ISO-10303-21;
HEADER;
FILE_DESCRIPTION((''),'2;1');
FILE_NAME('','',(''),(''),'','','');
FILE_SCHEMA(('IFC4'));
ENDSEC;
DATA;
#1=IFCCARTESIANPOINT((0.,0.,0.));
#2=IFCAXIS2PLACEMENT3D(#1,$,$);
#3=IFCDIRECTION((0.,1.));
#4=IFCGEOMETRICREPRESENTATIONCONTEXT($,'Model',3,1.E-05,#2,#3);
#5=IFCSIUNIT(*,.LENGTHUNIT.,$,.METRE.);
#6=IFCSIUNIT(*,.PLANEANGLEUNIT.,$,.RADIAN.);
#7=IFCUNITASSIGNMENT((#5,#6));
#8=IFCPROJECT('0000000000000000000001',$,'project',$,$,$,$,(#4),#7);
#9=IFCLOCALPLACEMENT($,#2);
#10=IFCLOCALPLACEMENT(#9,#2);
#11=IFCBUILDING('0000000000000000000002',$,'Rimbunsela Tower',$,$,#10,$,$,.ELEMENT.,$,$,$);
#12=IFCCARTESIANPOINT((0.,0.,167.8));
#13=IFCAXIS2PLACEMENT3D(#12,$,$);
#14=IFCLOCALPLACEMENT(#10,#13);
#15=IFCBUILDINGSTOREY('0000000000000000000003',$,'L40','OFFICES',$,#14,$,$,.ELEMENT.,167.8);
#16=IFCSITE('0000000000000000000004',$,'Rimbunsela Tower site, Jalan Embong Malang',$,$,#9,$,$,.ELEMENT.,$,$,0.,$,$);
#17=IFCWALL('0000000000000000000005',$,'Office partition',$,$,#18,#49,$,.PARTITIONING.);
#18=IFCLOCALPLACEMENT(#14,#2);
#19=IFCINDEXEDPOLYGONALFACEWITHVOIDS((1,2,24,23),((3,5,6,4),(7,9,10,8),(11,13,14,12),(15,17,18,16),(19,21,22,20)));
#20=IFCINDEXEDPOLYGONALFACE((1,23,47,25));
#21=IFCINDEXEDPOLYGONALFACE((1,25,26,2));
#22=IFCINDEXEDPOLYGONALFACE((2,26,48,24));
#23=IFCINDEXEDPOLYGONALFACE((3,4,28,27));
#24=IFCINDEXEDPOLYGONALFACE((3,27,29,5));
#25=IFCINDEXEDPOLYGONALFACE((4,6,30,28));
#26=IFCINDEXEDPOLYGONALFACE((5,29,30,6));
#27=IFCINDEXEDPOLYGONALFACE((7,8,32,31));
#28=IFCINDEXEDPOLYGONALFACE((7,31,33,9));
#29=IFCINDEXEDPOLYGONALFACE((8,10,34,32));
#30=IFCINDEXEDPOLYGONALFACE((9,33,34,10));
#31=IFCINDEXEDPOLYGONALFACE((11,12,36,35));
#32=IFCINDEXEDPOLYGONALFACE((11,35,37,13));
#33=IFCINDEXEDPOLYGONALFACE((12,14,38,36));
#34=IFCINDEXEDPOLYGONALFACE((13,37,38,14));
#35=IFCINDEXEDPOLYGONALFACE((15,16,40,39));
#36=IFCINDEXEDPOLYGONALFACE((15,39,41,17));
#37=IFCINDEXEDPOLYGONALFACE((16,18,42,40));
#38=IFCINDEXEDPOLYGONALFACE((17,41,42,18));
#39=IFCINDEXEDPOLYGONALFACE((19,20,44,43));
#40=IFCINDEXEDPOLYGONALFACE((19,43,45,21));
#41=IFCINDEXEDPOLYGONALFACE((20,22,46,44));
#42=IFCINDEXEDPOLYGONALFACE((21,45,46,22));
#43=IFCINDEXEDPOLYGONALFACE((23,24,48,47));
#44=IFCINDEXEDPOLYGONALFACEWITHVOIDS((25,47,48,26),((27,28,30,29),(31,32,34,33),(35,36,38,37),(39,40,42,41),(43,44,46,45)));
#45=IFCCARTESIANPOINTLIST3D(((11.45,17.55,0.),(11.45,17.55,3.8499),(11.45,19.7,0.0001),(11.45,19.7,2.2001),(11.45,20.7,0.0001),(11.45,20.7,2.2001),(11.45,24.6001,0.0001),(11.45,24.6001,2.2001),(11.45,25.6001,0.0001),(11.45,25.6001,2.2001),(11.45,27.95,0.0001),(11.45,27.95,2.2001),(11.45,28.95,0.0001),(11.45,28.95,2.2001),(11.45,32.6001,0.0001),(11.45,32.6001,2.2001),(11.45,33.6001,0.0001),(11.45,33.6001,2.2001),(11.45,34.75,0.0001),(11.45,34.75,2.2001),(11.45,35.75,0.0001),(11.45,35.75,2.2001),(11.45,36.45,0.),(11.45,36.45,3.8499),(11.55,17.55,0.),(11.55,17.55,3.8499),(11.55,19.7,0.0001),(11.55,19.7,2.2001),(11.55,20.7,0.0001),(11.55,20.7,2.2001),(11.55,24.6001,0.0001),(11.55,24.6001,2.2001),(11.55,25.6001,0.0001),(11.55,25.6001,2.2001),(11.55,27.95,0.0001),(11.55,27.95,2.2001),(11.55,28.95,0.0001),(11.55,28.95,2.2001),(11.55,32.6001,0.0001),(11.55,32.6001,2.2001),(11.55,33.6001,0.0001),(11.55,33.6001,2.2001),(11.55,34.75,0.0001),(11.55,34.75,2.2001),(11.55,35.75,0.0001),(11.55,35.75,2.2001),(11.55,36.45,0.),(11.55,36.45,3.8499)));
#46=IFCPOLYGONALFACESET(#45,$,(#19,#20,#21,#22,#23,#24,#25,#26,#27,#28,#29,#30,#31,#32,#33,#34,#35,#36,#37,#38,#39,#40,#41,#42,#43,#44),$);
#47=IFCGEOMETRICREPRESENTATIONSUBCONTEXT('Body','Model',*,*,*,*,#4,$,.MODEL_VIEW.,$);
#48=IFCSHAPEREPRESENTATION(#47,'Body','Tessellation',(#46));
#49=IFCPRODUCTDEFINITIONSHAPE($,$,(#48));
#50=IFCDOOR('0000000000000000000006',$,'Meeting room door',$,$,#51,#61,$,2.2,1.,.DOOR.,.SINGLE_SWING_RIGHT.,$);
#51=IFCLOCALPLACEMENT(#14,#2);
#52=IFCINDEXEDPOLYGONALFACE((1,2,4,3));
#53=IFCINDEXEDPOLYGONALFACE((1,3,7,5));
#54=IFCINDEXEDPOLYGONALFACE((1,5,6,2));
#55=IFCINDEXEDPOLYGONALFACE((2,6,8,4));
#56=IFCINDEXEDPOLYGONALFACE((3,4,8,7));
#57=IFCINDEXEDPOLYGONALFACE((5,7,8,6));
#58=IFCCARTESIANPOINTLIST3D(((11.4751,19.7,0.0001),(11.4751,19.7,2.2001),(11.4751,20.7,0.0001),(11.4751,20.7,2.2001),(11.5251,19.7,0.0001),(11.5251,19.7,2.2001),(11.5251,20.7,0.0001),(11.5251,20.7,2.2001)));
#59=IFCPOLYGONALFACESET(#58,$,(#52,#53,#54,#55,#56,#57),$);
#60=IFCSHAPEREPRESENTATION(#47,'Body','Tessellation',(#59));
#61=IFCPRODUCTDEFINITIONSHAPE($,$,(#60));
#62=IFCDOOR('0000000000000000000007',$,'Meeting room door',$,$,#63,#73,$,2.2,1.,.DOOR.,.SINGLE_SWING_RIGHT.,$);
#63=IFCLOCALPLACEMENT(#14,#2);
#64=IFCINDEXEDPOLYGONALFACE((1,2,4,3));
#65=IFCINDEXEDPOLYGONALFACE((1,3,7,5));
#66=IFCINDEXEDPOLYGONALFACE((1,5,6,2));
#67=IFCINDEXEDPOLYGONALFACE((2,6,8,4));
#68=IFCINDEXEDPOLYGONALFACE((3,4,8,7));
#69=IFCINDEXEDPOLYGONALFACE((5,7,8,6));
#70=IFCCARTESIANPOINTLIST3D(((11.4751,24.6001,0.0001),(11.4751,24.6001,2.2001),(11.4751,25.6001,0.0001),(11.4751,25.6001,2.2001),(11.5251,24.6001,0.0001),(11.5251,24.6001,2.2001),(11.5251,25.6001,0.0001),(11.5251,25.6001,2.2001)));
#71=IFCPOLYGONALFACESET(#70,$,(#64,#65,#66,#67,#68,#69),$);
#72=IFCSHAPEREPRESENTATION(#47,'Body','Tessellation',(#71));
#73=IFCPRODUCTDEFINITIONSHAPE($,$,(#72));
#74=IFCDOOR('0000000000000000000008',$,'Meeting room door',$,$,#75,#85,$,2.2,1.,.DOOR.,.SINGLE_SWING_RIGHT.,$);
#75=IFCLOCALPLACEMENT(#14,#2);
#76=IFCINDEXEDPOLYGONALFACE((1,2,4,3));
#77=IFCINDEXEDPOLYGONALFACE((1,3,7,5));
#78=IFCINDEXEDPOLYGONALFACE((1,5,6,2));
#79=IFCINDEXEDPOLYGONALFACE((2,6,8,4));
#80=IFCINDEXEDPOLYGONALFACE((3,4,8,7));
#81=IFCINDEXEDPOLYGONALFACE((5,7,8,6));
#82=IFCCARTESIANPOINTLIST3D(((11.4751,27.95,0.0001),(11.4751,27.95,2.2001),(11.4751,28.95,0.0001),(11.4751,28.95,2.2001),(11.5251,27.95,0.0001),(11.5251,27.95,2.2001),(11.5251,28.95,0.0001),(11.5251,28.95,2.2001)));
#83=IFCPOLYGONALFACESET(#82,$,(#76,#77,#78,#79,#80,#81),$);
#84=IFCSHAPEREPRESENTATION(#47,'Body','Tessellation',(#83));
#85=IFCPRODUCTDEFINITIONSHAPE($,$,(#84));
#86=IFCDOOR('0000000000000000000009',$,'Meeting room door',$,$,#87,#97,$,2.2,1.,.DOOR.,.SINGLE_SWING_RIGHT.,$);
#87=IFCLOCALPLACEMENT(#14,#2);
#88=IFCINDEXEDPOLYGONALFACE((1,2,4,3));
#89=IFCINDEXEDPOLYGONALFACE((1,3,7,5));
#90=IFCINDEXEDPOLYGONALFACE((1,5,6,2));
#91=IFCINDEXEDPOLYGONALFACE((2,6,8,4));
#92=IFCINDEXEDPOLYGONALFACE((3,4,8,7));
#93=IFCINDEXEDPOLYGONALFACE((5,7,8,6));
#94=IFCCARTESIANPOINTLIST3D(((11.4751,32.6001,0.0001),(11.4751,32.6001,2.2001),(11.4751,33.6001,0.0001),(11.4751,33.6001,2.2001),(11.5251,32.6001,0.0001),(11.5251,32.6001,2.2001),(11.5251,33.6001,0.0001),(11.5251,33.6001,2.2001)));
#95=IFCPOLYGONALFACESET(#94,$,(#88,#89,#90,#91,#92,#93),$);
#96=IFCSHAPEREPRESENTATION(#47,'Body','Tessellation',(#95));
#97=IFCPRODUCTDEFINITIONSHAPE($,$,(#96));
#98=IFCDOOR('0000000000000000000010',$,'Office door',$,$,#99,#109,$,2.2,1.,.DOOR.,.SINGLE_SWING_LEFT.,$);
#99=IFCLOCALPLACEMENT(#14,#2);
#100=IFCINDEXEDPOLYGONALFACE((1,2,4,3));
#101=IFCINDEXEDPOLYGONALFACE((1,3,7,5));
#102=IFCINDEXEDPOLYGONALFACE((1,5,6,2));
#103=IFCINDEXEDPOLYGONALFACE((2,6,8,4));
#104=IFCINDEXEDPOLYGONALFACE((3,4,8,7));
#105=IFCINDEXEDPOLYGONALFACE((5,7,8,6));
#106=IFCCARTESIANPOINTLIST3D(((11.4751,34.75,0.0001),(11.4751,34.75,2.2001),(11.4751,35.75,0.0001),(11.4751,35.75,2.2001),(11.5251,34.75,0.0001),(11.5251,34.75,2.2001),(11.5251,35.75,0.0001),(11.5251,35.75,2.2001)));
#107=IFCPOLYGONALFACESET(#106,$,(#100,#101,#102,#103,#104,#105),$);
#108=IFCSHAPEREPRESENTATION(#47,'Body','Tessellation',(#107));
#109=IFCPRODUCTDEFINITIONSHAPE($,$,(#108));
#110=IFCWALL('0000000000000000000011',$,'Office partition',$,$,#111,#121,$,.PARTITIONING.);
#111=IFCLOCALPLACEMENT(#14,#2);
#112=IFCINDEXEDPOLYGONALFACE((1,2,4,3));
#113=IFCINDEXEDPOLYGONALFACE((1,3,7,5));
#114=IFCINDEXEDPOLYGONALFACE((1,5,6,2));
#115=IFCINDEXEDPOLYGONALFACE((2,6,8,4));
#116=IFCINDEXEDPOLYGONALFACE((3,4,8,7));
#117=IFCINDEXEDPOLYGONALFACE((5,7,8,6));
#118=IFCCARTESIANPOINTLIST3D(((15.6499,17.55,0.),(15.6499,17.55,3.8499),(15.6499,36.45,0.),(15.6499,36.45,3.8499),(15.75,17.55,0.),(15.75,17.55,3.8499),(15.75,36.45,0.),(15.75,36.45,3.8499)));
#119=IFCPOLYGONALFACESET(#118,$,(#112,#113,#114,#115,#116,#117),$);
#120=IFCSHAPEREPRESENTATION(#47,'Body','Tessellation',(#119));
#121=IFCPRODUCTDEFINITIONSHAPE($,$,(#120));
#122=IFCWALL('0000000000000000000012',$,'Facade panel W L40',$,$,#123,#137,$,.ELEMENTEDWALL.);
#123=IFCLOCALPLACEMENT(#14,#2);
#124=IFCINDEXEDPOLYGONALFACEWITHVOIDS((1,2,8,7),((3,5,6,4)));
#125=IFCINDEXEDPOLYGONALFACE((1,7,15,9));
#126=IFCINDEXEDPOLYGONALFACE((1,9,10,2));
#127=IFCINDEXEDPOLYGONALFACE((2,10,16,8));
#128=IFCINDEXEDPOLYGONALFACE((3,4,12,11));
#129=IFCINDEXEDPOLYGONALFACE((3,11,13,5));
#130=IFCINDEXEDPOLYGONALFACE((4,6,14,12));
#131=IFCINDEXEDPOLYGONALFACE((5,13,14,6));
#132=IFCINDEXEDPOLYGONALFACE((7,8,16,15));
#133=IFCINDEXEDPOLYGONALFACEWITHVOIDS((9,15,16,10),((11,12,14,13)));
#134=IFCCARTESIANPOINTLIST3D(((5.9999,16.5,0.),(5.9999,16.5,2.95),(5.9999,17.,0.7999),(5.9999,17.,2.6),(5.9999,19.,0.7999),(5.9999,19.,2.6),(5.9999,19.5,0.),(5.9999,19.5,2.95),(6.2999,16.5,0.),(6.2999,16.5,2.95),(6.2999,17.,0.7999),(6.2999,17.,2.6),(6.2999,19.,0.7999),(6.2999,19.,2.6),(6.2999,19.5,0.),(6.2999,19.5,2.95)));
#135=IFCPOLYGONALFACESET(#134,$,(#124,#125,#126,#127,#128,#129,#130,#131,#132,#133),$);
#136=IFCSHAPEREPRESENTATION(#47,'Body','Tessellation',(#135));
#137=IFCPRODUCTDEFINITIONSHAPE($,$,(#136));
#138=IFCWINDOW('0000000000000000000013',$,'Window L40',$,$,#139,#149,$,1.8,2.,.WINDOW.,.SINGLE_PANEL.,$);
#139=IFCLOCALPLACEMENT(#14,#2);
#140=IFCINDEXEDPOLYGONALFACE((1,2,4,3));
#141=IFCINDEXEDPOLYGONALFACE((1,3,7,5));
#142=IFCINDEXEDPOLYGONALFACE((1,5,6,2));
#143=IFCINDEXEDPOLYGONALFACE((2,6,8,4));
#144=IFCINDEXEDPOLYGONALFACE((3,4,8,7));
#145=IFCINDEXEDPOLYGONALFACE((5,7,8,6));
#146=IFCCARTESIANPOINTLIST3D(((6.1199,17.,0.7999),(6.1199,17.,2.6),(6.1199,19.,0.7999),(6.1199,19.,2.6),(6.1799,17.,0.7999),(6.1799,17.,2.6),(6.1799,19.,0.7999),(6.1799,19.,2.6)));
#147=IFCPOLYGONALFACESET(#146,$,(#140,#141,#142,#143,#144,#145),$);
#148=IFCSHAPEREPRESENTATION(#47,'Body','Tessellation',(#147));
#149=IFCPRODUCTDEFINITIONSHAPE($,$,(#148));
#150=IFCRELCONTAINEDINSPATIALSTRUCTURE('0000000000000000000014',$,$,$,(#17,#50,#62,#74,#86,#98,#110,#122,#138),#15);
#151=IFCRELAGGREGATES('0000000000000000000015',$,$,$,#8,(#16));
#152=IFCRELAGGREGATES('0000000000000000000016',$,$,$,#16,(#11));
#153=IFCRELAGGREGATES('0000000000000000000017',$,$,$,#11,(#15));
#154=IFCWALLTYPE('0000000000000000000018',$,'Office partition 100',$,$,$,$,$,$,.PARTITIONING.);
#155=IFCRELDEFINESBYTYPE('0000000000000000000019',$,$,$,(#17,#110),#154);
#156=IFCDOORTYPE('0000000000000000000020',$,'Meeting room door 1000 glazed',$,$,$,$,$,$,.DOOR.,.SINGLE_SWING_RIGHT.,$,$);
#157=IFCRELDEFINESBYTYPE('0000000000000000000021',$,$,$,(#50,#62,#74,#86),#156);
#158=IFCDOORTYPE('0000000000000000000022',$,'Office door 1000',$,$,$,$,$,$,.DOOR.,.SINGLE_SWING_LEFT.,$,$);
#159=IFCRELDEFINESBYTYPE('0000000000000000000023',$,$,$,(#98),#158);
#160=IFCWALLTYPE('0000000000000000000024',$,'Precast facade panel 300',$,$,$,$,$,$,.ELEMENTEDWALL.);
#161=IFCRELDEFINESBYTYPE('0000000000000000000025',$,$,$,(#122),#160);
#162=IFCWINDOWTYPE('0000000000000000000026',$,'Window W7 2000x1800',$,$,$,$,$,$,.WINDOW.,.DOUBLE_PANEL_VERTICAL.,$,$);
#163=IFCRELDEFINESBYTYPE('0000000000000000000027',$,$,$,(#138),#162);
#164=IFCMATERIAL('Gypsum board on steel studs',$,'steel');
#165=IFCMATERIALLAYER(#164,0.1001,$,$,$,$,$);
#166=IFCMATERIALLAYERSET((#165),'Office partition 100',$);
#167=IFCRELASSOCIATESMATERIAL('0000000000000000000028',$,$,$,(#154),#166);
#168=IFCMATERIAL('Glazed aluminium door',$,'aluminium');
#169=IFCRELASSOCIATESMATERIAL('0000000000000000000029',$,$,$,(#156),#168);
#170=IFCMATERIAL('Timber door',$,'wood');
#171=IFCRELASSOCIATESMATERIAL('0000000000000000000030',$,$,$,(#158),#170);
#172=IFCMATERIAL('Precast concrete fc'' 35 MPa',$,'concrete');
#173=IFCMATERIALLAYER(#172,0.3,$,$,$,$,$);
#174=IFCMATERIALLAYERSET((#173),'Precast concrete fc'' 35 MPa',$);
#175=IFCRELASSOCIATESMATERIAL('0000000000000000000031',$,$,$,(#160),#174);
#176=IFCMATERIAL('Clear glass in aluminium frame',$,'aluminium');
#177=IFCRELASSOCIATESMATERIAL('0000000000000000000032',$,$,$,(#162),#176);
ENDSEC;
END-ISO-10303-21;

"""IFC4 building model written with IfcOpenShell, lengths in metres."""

from ifc_helpers import new_model, si_unit, direction, frame, frame_2d, origin, place, context, subcontext, project, spatial, rectangle, extrude, material, layer, layer_set, type_object, element, fill, save


model = new_model("IFC4")

# Units and contexts
model_context = context("Model", 3, precision=1e-05, world=origin(), true_north=direction((0.0, 1.0)))
body_context = subcontext(model_context, "Body", "Model", "MODEL_VIEW")
ifc_project = project(units=[si_unit("LENGTHUNIT", "METRE"), si_unit("PLANEANGLEUNIT", "RADIAN")], contexts=[model_context])

# Site, building, storey
site_placement = place(None, origin())
site = spatial("IfcSite", under=ifc_project, at=site_placement, Name="Rimbunsela Tower site, Jalan Embong Malang", CompositionType="ELEMENT", RefElevation=0.0)
building_placement = place(site_placement, origin())
building = spatial("IfcBuilding", under=site, at=building_placement, Name="Rimbunsela Tower", CompositionType="ELEMENT")
storey_placement = place(building_placement, frame((0.0, 0.0, 167.8)))
storey = spatial("IfcBuildingStorey", under=building, at=storey_placement, Name="L40", Description="OFFICES", CompositionType="ELEMENT", Elevation=167.8)

# Shared definitions
ifc_material_1 = material(Name="Gypsum board on steel studs", Category="steel")
ifc_layer_1 = layer(ifc_material_1, 0.1001)
ifc_layer_set_1 = layer_set([ifc_layer_1], Name="Office partition 100")
wall_type_1 = type_object("IfcWallType", Name="Office partition 100", PredefinedType="PARTITIONING", material=ifc_layer_set_1)

# Wall, openings, doors
wall_1_placement = place(storey_placement, frame((11.5, 17.55, 0.0), z_axis=(0.0, 0.0, 1.0), x_axis=(0.0, 1.0, 0.0)))
wall_1 = element("IfcWall", 1, at=wall_1_placement, inside=storey, type_object=wall_type_1, Name="Office partition", PredefinedType="PARTITIONING", context=body_context, shape_type="SweptSolid", body=[
    extrude(rectangle(XDim=18.8999, YDim=0.1001, at=frame_2d((9.45, 0.0))), origin(), (0.0, 0.0, 1.0), 3.8499),
])
opening_1_placement = place(wall_1_placement, frame((2.1499, 0.0, 0.0)))
opening_1 = element("IfcOpeningElement", 2, at=opening_1_placement, cuts=wall_1, PredefinedType="OPENING", context=body_context, shape_type="SweptSolid", body=[
    extrude(rectangle(XDim=1.0, YDim=2.2, at=frame_2d((0.5, 1.1001))), frame((0.0, 0.0601, 0.0), z_axis=(0.0, -1.0, 0.0), x_axis=(1.0, 0.0, 0.0)), (0.0, 0.0, 1.0), 0.1201),
])
opening_2_placement = place(wall_1_placement, frame((7.05, 0.0, 0.0)))
opening_2 = element("IfcOpeningElement", 3, at=opening_2_placement, cuts=wall_1, PredefinedType="OPENING", context=body_context, shape_type="SweptSolid", body=[
    extrude(rectangle(XDim=1.0, YDim=2.2, at=frame_2d((0.5, 1.1001))), frame((0.0, 0.0601, 0.0), z_axis=(0.0, -1.0, 0.0), x_axis=(1.0, 0.0, 0.0)), (0.0, 0.0, 1.0), 0.1201),
])
opening_3_placement = place(wall_1_placement, frame((10.3999, 0.0, 0.0)))
opening_3 = element("IfcOpeningElement", 4, at=opening_3_placement, cuts=wall_1, PredefinedType="OPENING", context=body_context, shape_type="SweptSolid", body=[
    extrude(rectangle(XDim=1.0, YDim=2.2, at=frame_2d((0.5, 1.1001))), frame((0.0, 0.0601, 0.0), z_axis=(0.0, -1.0, 0.0), x_axis=(1.0, 0.0, 0.0)), (0.0, 0.0, 1.0), 0.1201),
])
opening_4_placement = place(wall_1_placement, frame((15.05, 0.0, 0.0)))
opening_4 = element("IfcOpeningElement", 5, at=opening_4_placement, cuts=wall_1, PredefinedType="OPENING", context=body_context, shape_type="SweptSolid", body=[
    extrude(rectangle(XDim=1.0, YDim=2.2, at=frame_2d((0.5, 1.1001))), frame((0.0, 0.0601, 0.0), z_axis=(0.0, -1.0, 0.0), x_axis=(1.0, 0.0, 0.0)), (0.0, 0.0, 1.0), 0.1201),
])
opening_5_placement = place(wall_1_placement, frame((17.2, 0.0, 0.0)))
opening_5 = element("IfcOpeningElement", 6, at=opening_5_placement, cuts=wall_1, PredefinedType="OPENING", context=body_context, shape_type="SweptSolid", body=[
    extrude(rectangle(XDim=1.0, YDim=2.2, at=frame_2d((0.5, 1.1001))), frame((0.0, 0.0601, 0.0), z_axis=(0.0, -1.0, 0.0), x_axis=(1.0, 0.0, 0.0)), (0.0, 0.0, 1.0), 0.1201),
])
ifc_material_2 = material(Name="Glazed aluminium door", Category="aluminium")
door_type_1 = type_object("IfcDoorType", Name="Meeting room door 1000 glazed", OperationType="SINGLE_SWING_RIGHT", PredefinedType="DOOR", material=ifc_material_2)
door_1_placement = place(opening_1_placement, origin())
door_1 = element("IfcDoor", 7, at=door_1_placement, inside=storey, type_object=door_type_1, Name="Meeting room door", OperationType="SINGLE_SWING_RIGHT", OverallHeight=2.2, OverallWidth=1.0, PredefinedType="DOOR", context=body_context, shape_type="SweptSolid", body=[
    extrude(rectangle(XDim=1.0, YDim=2.2, at=frame_2d((0.5, 1.1001))), frame((0.0, 0.0249, 0.0), z_axis=(0.0, -1.0, 0.0), x_axis=(1.0, 0.0, 0.0)), (0.0, 0.0, 1.0), 0.05),
])
fill(opening_1, door_1)
door_2_placement = place(opening_2_placement, origin())
door_2 = element("IfcDoor", 8, at=door_2_placement, inside=storey, type_object=door_type_1, Name="Meeting room door", OperationType="SINGLE_SWING_RIGHT", OverallHeight=2.2, OverallWidth=1.0, PredefinedType="DOOR", context=body_context, shape_type="SweptSolid", body=[
    extrude(rectangle(XDim=1.0, YDim=2.2, at=frame_2d((0.5, 1.1001))), frame((0.0, 0.0249, 0.0), z_axis=(0.0, -1.0, 0.0), x_axis=(1.0, 0.0, 0.0)), (0.0, 0.0, 1.0), 0.05),
])
fill(opening_2, door_2)
door_3_placement = place(opening_3_placement, origin())
door_3 = element("IfcDoor", 9, at=door_3_placement, inside=storey, type_object=door_type_1, Name="Meeting room door", OperationType="SINGLE_SWING_RIGHT", OverallHeight=2.2, OverallWidth=1.0, PredefinedType="DOOR", context=body_context, shape_type="SweptSolid", body=[
    extrude(rectangle(XDim=1.0, YDim=2.2, at=frame_2d((0.5, 1.1001))), frame((0.0, 0.0249, 0.0), z_axis=(0.0, -1.0, 0.0), x_axis=(1.0, 0.0, 0.0)), (0.0, 0.0, 1.0), 0.05),
])
fill(opening_3, door_3)
door_4_placement = place(opening_4_placement, origin())
door_4 = element("IfcDoor", 10, at=door_4_placement, inside=storey, type_object=door_type_1, Name="Meeting room door", OperationType="SINGLE_SWING_RIGHT", OverallHeight=2.2, OverallWidth=1.0, PredefinedType="DOOR", context=body_context, shape_type="SweptSolid", body=[
    extrude(rectangle(XDim=1.0, YDim=2.2, at=frame_2d((0.5, 1.1001))), frame((0.0, 0.0249, 0.0), z_axis=(0.0, -1.0, 0.0), x_axis=(1.0, 0.0, 0.0)), (0.0, 0.0, 1.0), 0.05),
])
fill(opening_4, door_4)
ifc_material_3 = material(Name="Timber door", Category="wood")
door_type_2 = type_object("IfcDoorType", Name="Office door 1000", OperationType="SINGLE_SWING_LEFT", PredefinedType="DOOR", material=ifc_material_3)
door_5_placement = place(opening_5_placement, origin())
door_5 = element("IfcDoor", 11, at=door_5_placement, inside=storey, type_object=door_type_2, Name="Office door", OperationType="SINGLE_SWING_LEFT", OverallHeight=2.2, OverallWidth=1.0, PredefinedType="DOOR", context=body_context, shape_type="SweptSolid", body=[
    extrude(rectangle(XDim=1.0, YDim=2.2, at=frame_2d((0.5, 1.1001))), frame((0.0, 0.0249, 0.0), z_axis=(0.0, -1.0, 0.0), x_axis=(1.0, 0.0, 0.0)), (0.0, 0.0, 1.0), 0.05),
])
fill(opening_5, door_5)

# Wall
wall_2_placement = place(storey_placement, frame((15.7, 17.55, 0.0), z_axis=(0.0, 0.0, 1.0), x_axis=(0.0, 1.0, 0.0)))
element("IfcWall", 12, at=wall_2_placement, inside=storey, type_object=wall_type_1, Name="Office partition", PredefinedType="PARTITIONING", context=body_context, shape_type="SweptSolid", body=[
    extrude(rectangle(XDim=18.8999, YDim=0.1001, at=frame_2d((9.45, 0.0))), origin(), (0.0, 0.0, 1.0), 3.8499),
])

# Wall, opening, window
ifc_material_4 = material(Name="Precast concrete fc' 35 MPa", Category="concrete")
ifc_layer_2 = layer(ifc_material_4, 0.3)
ifc_layer_set_2 = layer_set([ifc_layer_2], Name="Precast concrete fc' 35 MPa")
wall_type_2 = type_object("IfcWallType", Name="Precast facade panel 300", PredefinedType="ELEMENTEDWALL", material=ifc_layer_set_2)
wall_3_placement = place(storey_placement, frame((6.1499, 19.5, 0.0), z_axis=(0.0, 0.0, 1.0), x_axis=(0.0, -1.0, 0.0)))
wall_3 = element("IfcWall", 13, at=wall_3_placement, inside=storey, type_object=wall_type_2, Name="Facade panel W L40", PredefinedType="ELEMENTEDWALL", context=body_context, shape_type="SweptSolid", body=[
    extrude(rectangle(XDim=3.0, YDim=0.3, at=frame_2d((1.5, 0.0))), origin(), (0.0, 0.0, 1.0), 2.95),
])
opening_6_placement = place(wall_3_placement, frame((0.5, 0.0, 0.8)))
opening_6 = element("IfcOpeningElement", 14, at=opening_6_placement, cuts=wall_3, PredefinedType="OPENING", context=body_context, shape_type="SweptSolid", body=[
    extrude(rectangle(XDim=2.0, YDim=1.8, at=frame_2d((1.0, 0.8999))), frame((0.0, 0.1599, 0.0), z_axis=(0.0, -1.0, 0.0), x_axis=(1.0, 0.0, 0.0)), (0.0, 0.0, 1.0), 0.3201),
])
ifc_material_5 = material(Name="Clear glass in aluminium frame", Category="aluminium")
window_type = type_object("IfcWindowType", Name="Window W7 2000x1800", PartitioningType="DOUBLE_PANEL_VERTICAL", PredefinedType="WINDOW", material=ifc_material_5)
window_1_placement = place(opening_6_placement, origin())
window_1 = element("IfcWindow", 15, at=window_1_placement, inside=storey, type_object=window_type, Name="Window L40", OverallHeight=1.8, OverallWidth=2.0, PartitioningType="SINGLE_PANEL", PredefinedType="WINDOW", context=body_context, shape_type="SweptSolid", body=[
    extrude(rectangle(XDim=2.0, YDim=1.8, at=frame_2d((1.0, 0.8999))), frame((0.0, 0.03, 0.0), z_axis=(0.0, -1.0, 0.0), x_axis=(1.0, 0.0, 0.0)), (0.0, 0.0, 1.0), 0.0601),
])
fill(opening_6, window_1)

save(model, "model.ifc")
